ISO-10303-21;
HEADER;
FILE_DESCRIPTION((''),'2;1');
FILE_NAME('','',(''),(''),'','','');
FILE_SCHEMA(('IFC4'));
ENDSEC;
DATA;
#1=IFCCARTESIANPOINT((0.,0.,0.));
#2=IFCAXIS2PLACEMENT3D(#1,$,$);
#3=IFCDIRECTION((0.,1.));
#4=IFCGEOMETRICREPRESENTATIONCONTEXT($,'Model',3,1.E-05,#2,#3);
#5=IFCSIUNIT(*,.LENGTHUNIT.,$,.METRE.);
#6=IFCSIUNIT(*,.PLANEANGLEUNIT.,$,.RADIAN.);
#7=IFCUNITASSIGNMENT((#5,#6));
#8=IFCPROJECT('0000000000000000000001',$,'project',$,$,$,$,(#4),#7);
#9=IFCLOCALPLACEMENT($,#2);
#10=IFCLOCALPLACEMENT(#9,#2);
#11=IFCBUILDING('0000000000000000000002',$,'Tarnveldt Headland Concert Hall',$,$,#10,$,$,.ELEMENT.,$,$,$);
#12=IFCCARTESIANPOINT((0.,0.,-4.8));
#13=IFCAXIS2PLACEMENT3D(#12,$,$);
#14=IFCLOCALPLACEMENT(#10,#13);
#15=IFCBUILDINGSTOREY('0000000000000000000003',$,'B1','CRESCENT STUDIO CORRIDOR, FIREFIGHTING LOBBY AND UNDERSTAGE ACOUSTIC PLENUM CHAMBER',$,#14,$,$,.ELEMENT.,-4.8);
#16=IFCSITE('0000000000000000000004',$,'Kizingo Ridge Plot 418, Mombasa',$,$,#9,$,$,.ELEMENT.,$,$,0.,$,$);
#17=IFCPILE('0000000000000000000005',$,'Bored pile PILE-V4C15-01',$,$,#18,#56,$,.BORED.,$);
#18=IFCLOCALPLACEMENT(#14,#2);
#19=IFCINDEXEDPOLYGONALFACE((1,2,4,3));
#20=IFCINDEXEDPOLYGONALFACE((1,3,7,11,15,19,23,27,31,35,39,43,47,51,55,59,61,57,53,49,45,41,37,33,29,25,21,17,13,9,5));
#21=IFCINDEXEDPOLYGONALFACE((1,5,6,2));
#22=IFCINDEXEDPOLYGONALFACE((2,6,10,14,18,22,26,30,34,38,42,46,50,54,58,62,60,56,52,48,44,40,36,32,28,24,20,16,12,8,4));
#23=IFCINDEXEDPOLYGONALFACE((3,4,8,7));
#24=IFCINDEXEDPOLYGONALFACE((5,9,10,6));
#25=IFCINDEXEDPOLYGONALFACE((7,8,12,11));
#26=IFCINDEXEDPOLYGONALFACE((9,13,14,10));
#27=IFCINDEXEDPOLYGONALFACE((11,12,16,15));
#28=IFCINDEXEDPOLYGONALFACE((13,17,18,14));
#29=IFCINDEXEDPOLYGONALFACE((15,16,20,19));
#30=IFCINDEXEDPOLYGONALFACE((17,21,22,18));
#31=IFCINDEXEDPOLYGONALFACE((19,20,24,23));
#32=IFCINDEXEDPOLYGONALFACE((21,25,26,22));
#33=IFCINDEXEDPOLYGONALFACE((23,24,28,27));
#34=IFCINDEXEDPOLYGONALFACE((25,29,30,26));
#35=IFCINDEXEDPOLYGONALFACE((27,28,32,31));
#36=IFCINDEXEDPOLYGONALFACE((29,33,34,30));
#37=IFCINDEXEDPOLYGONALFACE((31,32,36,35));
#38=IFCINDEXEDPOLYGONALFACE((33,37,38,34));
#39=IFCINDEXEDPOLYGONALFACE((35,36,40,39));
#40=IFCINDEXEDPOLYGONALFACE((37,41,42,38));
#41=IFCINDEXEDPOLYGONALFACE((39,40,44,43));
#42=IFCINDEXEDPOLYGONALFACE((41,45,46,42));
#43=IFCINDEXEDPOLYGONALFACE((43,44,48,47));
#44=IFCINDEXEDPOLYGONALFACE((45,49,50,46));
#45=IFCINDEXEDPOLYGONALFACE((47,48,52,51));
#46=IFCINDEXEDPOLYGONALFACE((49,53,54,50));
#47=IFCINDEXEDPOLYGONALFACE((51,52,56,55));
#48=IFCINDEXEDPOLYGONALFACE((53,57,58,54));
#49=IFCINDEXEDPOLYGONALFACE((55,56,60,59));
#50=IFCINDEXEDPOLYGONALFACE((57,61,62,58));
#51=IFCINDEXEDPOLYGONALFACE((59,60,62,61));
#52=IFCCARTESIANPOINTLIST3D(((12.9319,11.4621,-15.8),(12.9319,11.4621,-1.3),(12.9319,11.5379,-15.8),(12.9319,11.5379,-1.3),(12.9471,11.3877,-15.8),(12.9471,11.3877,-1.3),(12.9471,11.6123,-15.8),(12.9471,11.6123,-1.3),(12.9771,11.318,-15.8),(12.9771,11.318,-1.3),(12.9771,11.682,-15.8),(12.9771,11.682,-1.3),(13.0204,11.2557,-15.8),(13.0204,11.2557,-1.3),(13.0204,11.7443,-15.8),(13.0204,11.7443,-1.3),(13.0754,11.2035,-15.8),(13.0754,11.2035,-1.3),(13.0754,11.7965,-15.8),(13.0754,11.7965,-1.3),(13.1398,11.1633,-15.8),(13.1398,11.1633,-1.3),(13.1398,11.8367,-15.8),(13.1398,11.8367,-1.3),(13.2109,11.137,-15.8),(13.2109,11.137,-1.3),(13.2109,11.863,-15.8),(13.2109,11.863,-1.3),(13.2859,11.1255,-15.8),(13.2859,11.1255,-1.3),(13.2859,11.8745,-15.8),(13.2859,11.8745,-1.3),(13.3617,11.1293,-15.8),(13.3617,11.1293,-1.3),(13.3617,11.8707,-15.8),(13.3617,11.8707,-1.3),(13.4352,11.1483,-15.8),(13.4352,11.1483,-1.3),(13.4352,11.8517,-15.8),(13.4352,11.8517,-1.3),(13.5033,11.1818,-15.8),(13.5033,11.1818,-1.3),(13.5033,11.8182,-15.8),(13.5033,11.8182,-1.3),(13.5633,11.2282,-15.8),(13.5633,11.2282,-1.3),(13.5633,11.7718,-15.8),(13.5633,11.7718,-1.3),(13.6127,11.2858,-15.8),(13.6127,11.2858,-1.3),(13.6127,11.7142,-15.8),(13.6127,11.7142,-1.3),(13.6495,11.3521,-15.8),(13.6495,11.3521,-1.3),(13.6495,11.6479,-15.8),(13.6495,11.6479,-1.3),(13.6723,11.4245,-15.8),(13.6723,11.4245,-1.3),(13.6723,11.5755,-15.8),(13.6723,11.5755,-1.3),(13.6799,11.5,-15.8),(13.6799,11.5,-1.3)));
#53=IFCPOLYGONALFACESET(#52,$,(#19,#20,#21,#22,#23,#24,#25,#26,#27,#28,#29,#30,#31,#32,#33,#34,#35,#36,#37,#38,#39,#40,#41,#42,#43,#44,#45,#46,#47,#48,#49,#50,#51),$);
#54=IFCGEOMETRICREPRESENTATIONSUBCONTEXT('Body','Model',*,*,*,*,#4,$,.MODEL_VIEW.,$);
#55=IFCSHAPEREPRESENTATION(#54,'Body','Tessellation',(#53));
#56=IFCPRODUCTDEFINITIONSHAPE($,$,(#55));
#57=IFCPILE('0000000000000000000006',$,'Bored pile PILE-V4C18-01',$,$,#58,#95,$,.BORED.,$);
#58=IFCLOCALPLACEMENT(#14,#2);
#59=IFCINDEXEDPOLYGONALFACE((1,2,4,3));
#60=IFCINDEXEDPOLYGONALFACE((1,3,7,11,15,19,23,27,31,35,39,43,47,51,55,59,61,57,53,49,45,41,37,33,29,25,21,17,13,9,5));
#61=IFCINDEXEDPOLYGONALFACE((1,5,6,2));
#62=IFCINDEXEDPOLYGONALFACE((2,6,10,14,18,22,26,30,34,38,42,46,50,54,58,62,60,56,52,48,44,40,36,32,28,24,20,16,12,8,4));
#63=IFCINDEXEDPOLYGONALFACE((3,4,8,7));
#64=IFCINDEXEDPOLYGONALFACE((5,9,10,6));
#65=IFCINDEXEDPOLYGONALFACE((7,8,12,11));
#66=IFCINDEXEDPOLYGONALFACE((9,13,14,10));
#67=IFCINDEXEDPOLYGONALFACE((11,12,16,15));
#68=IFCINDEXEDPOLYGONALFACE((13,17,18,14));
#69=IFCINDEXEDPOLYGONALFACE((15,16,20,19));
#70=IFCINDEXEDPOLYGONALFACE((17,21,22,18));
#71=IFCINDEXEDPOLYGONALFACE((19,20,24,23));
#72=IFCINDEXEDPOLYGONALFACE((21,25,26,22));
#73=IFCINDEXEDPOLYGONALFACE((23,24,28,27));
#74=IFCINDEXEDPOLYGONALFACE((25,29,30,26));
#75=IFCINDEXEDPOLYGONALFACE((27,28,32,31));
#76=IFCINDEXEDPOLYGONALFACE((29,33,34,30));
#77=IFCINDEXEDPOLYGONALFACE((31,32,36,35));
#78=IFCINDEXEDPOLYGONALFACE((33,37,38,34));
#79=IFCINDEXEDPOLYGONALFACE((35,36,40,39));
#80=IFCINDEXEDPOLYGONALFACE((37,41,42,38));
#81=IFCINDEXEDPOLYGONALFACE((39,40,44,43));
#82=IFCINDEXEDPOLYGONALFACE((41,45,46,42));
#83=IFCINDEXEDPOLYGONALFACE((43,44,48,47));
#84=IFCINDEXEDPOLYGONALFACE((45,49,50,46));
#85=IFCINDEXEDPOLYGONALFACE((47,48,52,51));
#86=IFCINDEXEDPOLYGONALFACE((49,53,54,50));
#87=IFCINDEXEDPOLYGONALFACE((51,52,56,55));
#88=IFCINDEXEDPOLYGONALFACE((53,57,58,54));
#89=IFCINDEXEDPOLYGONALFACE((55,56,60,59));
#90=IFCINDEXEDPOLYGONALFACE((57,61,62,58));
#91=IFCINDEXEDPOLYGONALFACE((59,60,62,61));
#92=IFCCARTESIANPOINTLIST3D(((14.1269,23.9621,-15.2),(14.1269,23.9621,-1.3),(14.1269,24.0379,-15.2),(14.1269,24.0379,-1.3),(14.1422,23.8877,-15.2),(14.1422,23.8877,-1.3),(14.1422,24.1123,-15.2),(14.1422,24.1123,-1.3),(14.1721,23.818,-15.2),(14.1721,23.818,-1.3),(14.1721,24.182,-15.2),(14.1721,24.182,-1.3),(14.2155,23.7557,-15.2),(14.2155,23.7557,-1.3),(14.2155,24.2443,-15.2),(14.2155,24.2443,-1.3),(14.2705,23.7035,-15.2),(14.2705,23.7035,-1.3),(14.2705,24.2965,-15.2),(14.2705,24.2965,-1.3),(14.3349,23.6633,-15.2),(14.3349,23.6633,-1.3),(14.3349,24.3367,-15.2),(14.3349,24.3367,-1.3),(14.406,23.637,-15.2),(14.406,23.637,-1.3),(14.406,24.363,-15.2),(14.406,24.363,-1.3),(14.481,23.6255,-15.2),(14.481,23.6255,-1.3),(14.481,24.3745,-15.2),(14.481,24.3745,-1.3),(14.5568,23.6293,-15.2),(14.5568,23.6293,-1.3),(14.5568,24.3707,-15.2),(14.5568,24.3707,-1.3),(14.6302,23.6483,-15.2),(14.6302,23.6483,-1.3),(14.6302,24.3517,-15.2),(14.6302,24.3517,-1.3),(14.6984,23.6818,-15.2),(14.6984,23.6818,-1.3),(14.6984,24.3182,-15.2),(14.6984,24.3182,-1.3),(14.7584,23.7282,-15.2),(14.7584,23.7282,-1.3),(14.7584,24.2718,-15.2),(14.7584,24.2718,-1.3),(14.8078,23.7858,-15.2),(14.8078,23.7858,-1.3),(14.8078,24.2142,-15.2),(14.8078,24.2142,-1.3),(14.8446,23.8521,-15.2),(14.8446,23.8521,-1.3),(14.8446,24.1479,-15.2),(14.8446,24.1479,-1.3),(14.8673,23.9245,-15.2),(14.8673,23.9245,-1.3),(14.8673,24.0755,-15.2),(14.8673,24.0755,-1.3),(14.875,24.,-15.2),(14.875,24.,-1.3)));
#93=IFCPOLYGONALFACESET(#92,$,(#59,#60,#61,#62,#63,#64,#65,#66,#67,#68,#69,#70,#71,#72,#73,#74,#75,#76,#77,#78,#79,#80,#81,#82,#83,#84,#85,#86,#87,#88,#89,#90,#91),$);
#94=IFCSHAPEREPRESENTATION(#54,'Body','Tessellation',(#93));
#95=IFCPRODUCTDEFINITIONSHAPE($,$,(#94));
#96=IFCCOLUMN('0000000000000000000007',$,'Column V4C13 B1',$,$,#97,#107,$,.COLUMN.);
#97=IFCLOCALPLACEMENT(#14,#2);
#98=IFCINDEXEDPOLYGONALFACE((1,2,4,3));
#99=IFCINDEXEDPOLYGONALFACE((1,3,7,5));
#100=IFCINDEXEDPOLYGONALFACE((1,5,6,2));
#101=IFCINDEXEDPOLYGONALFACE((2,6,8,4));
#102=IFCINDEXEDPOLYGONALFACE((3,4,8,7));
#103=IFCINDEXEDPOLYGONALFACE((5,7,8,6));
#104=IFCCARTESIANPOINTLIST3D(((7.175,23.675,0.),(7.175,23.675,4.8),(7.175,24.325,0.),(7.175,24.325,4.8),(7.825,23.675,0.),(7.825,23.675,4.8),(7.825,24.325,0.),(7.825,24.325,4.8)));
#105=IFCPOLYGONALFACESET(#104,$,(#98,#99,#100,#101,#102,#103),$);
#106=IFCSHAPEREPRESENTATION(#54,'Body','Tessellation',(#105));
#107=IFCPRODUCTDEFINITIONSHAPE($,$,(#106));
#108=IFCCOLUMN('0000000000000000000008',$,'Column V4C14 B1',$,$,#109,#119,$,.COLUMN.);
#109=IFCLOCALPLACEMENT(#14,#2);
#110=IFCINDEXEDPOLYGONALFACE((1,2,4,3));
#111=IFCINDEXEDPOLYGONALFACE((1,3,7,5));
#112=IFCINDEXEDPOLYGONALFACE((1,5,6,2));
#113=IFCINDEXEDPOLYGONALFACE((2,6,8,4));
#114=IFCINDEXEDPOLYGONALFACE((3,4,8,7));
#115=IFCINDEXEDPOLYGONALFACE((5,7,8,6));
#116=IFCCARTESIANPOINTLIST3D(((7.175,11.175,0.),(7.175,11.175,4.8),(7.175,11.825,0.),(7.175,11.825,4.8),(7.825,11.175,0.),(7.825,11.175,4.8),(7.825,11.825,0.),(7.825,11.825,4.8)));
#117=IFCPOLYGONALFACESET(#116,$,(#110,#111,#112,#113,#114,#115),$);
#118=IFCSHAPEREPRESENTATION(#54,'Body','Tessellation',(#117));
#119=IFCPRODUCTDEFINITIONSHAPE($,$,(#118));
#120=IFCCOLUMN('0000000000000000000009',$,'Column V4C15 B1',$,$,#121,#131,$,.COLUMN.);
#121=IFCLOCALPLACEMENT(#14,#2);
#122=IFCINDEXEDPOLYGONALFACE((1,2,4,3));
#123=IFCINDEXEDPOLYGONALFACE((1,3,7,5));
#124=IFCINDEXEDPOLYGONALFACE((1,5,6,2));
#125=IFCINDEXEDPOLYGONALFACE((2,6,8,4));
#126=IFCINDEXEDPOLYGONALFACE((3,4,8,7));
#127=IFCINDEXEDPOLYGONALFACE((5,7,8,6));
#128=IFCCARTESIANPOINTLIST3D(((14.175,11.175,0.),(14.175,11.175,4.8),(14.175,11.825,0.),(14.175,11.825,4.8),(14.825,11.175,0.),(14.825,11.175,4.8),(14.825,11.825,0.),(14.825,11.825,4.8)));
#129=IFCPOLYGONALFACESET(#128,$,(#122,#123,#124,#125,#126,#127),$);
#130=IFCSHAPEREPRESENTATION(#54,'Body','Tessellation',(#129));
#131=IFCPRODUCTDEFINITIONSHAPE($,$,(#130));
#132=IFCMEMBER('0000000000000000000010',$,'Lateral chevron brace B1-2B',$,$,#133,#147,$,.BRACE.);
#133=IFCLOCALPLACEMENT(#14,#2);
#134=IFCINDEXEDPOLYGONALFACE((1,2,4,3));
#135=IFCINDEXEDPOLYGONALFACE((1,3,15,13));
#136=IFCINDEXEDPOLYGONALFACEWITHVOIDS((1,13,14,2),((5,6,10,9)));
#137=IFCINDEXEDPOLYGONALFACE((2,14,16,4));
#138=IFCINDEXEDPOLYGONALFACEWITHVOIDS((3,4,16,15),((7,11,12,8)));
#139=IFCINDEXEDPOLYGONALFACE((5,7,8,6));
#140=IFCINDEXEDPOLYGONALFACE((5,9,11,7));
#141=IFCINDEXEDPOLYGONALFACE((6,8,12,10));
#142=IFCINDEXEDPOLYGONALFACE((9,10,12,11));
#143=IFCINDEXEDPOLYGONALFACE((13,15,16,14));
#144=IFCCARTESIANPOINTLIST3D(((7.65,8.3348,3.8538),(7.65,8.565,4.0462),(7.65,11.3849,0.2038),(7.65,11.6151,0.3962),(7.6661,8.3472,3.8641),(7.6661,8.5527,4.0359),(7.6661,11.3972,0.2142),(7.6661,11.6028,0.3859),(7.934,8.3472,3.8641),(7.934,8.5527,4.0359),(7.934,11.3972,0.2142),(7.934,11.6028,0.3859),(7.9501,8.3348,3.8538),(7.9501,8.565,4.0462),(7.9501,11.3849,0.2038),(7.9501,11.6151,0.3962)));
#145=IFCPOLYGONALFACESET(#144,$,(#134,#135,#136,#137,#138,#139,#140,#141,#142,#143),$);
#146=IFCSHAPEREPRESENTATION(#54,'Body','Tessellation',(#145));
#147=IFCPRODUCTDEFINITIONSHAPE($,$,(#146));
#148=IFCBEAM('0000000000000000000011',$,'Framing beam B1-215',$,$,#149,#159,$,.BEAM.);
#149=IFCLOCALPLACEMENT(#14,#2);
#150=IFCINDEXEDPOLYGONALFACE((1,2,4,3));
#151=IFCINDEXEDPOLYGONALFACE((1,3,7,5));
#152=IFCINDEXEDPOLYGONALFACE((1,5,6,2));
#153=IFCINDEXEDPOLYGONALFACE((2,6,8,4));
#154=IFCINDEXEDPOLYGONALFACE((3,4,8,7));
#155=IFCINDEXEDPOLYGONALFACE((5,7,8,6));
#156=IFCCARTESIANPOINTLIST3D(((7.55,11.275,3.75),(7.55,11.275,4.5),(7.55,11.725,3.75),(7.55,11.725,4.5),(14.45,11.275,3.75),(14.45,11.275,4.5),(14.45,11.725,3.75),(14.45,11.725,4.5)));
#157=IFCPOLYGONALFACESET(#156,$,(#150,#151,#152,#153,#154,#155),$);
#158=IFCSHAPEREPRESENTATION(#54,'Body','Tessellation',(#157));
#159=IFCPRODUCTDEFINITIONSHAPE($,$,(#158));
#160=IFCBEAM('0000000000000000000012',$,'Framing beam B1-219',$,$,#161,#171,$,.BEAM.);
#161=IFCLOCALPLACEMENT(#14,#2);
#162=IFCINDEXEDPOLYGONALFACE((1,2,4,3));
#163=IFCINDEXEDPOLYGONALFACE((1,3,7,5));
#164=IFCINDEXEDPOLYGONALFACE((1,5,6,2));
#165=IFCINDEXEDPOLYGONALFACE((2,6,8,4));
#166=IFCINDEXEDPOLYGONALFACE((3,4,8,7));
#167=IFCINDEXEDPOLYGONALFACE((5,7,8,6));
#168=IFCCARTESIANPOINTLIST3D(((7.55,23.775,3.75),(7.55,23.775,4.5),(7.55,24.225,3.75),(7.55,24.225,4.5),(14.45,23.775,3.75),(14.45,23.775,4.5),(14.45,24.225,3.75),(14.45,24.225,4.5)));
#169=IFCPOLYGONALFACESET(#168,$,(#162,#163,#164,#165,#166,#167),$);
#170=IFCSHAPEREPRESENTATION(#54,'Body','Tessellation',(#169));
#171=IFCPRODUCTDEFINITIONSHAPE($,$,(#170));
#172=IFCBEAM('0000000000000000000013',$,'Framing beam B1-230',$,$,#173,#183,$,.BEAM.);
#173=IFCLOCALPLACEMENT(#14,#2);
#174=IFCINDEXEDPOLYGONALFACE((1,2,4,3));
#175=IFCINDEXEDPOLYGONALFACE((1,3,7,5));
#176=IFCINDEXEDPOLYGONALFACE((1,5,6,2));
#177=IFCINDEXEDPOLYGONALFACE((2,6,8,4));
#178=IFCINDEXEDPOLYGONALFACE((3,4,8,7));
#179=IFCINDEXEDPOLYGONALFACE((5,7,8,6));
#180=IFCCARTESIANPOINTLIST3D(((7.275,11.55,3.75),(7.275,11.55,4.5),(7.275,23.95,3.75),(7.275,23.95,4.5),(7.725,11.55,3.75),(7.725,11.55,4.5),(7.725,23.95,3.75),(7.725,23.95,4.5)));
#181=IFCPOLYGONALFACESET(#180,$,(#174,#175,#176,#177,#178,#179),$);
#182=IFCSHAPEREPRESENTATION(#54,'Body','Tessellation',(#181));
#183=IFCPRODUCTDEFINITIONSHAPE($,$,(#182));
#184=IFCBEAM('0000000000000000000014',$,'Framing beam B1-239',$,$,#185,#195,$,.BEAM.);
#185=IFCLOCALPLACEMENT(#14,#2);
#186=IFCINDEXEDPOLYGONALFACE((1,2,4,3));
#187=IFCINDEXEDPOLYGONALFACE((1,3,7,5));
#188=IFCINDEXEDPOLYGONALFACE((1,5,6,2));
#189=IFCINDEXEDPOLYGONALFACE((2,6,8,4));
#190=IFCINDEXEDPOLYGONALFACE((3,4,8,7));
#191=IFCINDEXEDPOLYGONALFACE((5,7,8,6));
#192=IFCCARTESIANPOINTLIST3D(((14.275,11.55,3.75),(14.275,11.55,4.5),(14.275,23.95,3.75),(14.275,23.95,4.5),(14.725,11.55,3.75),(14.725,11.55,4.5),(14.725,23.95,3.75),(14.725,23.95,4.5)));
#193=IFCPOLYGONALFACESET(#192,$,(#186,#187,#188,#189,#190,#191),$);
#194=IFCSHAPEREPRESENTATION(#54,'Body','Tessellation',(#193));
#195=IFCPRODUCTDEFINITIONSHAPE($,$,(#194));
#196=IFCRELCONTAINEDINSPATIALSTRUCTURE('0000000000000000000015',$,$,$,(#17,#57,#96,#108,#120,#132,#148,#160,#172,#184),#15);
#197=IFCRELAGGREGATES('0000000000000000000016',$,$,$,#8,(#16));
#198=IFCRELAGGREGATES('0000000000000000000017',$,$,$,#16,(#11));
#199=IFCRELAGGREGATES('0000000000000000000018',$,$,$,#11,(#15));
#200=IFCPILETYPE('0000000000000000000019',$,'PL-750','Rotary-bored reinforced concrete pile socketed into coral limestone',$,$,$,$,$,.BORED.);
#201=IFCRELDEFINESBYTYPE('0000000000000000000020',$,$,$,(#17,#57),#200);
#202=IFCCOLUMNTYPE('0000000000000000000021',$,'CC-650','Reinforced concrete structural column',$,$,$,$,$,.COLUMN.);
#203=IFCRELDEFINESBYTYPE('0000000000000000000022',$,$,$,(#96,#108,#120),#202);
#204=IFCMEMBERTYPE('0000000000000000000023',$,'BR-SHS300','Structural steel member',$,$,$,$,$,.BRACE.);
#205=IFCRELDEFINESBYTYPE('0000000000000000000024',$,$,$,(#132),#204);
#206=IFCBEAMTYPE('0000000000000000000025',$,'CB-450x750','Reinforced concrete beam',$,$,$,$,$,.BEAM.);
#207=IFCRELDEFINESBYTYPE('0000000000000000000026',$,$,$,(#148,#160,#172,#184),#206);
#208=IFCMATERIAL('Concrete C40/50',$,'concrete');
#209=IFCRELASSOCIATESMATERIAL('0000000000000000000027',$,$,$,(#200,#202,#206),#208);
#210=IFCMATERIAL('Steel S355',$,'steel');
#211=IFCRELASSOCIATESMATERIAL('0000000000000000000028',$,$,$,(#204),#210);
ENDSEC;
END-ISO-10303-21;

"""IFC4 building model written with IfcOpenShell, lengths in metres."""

from ifc_helpers import new_model, si_unit, direction, frame, origin, origin_2d, place, context, subcontext, project, spatial, rectangle, hollow_rectangle, circle, extrude, material, material_profile, profile_set, type_object, element, save


model = new_model("IFC4")

# Units and contexts
model_context = context("Model", 3, precision=1e-05, world=origin(), true_north=direction((0.0, 1.0)))
body_context = subcontext(model_context, "Body", "Model", "MODEL_VIEW")
ifc_project = project(units=[si_unit("LENGTHUNIT", "METRE"), si_unit("PLANEANGLEUNIT", "RADIAN")], contexts=[model_context])

# Site, building, storey
site_placement = place(None, origin())
site = spatial("IfcSite", under=ifc_project, at=site_placement, Name="Kizingo Ridge Plot 418, Mombasa", CompositionType="ELEMENT", RefElevation=0.0)
building_placement = place(site_placement, origin())
building = spatial("IfcBuilding", under=site, at=building_placement, Name="Tarnveldt Headland Concert Hall", CompositionType="ELEMENT")
storey_placement = place(building_placement, frame((0.0, 0.0, -4.8)))
storey = spatial("IfcBuildingStorey", under=building, at=storey_placement, Name="B1", Description="CRESCENT STUDIO CORRIDOR, FIREFIGHTING LOBBY AND UNDERSTAGE ACOUSTIC PLENUM CHAMBER", CompositionType="ELEMENT", Elevation=-4.8)

# Shared definitions
ifc_material_1 = material(Name="Concrete C40/50", Category="concrete")

# Piles
ifc_material_profile_1 = material_profile(ifc_material_1, circle(Radius=0.375, at=origin_2d()), Name="BORED PILE D750", Category="concrete")
ifc_profile_set_1 = profile_set([ifc_material_profile_1], Name="Concrete C40/50")
pile_type = type_object("IfcPileType", Name="PL-750", Description="Rotary-bored reinforced concrete pile socketed into coral limestone", PredefinedType="BORED", material=ifc_profile_set_1)
pile_1_placement = place(storey_placement, frame((13.3049, 11.5, -1.3), z_axis=(0.0, 0.0, -1.0), x_axis=(1.0, 0.0, 0.0)))
element("IfcPile", 1, at=pile_1_placement, inside=storey, type_object=pile_type, Name="Bored pile PILE-V4C15-01", PredefinedType="BORED", context=body_context, shape_type="SweptSolid", body=[
    extrude(circle(Radius=0.375, at=origin_2d()), origin(), (0.0, 0.0, 1.0), 14.5),
])
pile_2_placement = place(storey_placement, frame((14.5, 24.0, -1.3), z_axis=(0.0, 0.0, -1.0), x_axis=(1.0, 0.0, 0.0)))
element("IfcPile", 2, at=pile_2_placement, inside=storey, type_object=pile_type, Name="Bored pile PILE-V4C18-01", PredefinedType="BORED", context=body_context, shape_type="SweptSolid", body=[
    extrude(circle(Radius=0.375, at=origin_2d()), origin(), (0.0, 0.0, 1.0), 13.8999),
])

# Columns
ifc_material_profile_2 = material_profile(ifc_material_1, rectangle(XDim=0.6499, YDim=0.6499, at=origin_2d()), Name="RC 650x650", Category="concrete")
ifc_profile_set_2 = profile_set([ifc_material_profile_2], Name="Concrete C40/50")
column_type = type_object("IfcColumnType", Name="CC-650", Description="Reinforced concrete structural column", PredefinedType="COLUMN", material=ifc_profile_set_2)
for number, where, z_axis, x_axis, name in (
    (3, (7.5, 24.0, 0.0), (0.0, 0.0, 1.0), (1.0, 0.0, 0.0), "Column V4C13 B1"),
    (4, (7.5, 11.5, 0.0), (0.0, 0.0, 1.0), (1.0, 0.0, 0.0), "Column V4C14 B1"),
    (5, (14.5, 11.5, 0.0), (0.0, 0.0, 1.0), (1.0, 0.0, 0.0), "Column V4C15 B1"),
):
    element("IfcColumn", number, at=place(storey_placement, frame(where, z_axis=z_axis, x_axis=x_axis)), inside=storey, type_object=column_type, Name=name, PredefinedType="COLUMN", context=body_context, shape_type="SweptSolid", body=[
        extrude(rectangle(XDim=0.6499, YDim=0.6499, at=origin_2d()), origin(), (0.0, 0.0, 1.0), 4.8),
    ])

# Member
ifc_material_2 = material(Name="Steel S355", Category="steel")
ifc_material_profile_3 = material_profile(ifc_material_2, hollow_rectangle(XDim=0.3, YDim=0.3, WallThickness=0.0161, at=origin_2d()), Name="SHS 300x300x16", Category="steel")
ifc_profile_set_3 = profile_set([ifc_material_profile_3], Name="Steel S355")
member_type = type_object("IfcMemberType", Name="BR-SHS300", Description="Structural steel member", PredefinedType="BRACE", material=ifc_profile_set_3)
member_placement = place(storey_placement, frame((7.8, 11.5, 0.3), z_axis=(0.0, -0.641234, 0.767345), x_axis=(1.0, 0.0, 0.0)))
element("IfcMember", 6, at=member_placement, inside=storey, type_object=member_type, Name="Lateral chevron brace B1-2B", PredefinedType="BRACE", context=body_context, shape_type="SweptSolid", body=[
    extrude(hollow_rectangle(XDim=0.3, YDim=0.3, WallThickness=0.0161, at=origin_2d()), origin(), (0.0, 0.0, 1.0), 4.7566),
])

# Beams
ifc_material_profile_4 = material_profile(ifc_material_1, rectangle(XDim=0.45, YDim=0.75, at=origin_2d()), Name="RC 450x750", Category="concrete")
ifc_profile_set_4 = profile_set([ifc_material_profile_4], Name="Concrete C40/50")
beam_type_1 = type_object("IfcBeamType", Name="CB-450x750", Description="Reinforced concrete beam", PredefinedType="BEAM", material=ifc_profile_set_4)
for number, where, z_axis, x_axis, name in (
    (7, (7.55, 11.5, 4.125), (1.0, 0.0, 0.0), (0.0, 1.0, 0.0), "Framing beam B1-215"),
    (8, (7.55, 24.0, 4.125), (1.0, 0.0, 0.0), (0.0, 1.0, 0.0), "Framing beam B1-219"),
):
    element("IfcBeam", number, at=place(storey_placement, frame(where, z_axis=z_axis, x_axis=x_axis)), inside=storey, type_object=beam_type_1, Name=name, PredefinedType="BEAM", context=body_context, shape_type="SweptSolid", body=[
        extrude(rectangle(XDim=0.45, YDim=0.75, at=origin_2d()), origin(), (0.0, 0.0, 1.0), 6.8999),
    ])
for number, where, z_axis, x_axis, name in (
    (9, (7.5, 11.55, 4.125), (0.0, 1.0, 0.0), (-1.0, 0.0, 0.0), "Framing beam B1-230"),
    (10, (14.5, 11.55, 4.125), (0.0, 1.0, 0.0), (-1.0, 0.0, 0.0), "Framing beam B1-239"),
):
    element("IfcBeam", number, at=place(storey_placement, frame(where, z_axis=z_axis, x_axis=x_axis)), inside=storey, type_object=beam_type_1, Name=name, PredefinedType="BEAM", context=body_context, shape_type="SweptSolid", body=[
        extrude(rectangle(XDim=0.45, YDim=0.75, at=origin_2d()), origin(), (0.0, 0.0, 1.0), 12.3999),
    ])

save(model, "model.ifc")
